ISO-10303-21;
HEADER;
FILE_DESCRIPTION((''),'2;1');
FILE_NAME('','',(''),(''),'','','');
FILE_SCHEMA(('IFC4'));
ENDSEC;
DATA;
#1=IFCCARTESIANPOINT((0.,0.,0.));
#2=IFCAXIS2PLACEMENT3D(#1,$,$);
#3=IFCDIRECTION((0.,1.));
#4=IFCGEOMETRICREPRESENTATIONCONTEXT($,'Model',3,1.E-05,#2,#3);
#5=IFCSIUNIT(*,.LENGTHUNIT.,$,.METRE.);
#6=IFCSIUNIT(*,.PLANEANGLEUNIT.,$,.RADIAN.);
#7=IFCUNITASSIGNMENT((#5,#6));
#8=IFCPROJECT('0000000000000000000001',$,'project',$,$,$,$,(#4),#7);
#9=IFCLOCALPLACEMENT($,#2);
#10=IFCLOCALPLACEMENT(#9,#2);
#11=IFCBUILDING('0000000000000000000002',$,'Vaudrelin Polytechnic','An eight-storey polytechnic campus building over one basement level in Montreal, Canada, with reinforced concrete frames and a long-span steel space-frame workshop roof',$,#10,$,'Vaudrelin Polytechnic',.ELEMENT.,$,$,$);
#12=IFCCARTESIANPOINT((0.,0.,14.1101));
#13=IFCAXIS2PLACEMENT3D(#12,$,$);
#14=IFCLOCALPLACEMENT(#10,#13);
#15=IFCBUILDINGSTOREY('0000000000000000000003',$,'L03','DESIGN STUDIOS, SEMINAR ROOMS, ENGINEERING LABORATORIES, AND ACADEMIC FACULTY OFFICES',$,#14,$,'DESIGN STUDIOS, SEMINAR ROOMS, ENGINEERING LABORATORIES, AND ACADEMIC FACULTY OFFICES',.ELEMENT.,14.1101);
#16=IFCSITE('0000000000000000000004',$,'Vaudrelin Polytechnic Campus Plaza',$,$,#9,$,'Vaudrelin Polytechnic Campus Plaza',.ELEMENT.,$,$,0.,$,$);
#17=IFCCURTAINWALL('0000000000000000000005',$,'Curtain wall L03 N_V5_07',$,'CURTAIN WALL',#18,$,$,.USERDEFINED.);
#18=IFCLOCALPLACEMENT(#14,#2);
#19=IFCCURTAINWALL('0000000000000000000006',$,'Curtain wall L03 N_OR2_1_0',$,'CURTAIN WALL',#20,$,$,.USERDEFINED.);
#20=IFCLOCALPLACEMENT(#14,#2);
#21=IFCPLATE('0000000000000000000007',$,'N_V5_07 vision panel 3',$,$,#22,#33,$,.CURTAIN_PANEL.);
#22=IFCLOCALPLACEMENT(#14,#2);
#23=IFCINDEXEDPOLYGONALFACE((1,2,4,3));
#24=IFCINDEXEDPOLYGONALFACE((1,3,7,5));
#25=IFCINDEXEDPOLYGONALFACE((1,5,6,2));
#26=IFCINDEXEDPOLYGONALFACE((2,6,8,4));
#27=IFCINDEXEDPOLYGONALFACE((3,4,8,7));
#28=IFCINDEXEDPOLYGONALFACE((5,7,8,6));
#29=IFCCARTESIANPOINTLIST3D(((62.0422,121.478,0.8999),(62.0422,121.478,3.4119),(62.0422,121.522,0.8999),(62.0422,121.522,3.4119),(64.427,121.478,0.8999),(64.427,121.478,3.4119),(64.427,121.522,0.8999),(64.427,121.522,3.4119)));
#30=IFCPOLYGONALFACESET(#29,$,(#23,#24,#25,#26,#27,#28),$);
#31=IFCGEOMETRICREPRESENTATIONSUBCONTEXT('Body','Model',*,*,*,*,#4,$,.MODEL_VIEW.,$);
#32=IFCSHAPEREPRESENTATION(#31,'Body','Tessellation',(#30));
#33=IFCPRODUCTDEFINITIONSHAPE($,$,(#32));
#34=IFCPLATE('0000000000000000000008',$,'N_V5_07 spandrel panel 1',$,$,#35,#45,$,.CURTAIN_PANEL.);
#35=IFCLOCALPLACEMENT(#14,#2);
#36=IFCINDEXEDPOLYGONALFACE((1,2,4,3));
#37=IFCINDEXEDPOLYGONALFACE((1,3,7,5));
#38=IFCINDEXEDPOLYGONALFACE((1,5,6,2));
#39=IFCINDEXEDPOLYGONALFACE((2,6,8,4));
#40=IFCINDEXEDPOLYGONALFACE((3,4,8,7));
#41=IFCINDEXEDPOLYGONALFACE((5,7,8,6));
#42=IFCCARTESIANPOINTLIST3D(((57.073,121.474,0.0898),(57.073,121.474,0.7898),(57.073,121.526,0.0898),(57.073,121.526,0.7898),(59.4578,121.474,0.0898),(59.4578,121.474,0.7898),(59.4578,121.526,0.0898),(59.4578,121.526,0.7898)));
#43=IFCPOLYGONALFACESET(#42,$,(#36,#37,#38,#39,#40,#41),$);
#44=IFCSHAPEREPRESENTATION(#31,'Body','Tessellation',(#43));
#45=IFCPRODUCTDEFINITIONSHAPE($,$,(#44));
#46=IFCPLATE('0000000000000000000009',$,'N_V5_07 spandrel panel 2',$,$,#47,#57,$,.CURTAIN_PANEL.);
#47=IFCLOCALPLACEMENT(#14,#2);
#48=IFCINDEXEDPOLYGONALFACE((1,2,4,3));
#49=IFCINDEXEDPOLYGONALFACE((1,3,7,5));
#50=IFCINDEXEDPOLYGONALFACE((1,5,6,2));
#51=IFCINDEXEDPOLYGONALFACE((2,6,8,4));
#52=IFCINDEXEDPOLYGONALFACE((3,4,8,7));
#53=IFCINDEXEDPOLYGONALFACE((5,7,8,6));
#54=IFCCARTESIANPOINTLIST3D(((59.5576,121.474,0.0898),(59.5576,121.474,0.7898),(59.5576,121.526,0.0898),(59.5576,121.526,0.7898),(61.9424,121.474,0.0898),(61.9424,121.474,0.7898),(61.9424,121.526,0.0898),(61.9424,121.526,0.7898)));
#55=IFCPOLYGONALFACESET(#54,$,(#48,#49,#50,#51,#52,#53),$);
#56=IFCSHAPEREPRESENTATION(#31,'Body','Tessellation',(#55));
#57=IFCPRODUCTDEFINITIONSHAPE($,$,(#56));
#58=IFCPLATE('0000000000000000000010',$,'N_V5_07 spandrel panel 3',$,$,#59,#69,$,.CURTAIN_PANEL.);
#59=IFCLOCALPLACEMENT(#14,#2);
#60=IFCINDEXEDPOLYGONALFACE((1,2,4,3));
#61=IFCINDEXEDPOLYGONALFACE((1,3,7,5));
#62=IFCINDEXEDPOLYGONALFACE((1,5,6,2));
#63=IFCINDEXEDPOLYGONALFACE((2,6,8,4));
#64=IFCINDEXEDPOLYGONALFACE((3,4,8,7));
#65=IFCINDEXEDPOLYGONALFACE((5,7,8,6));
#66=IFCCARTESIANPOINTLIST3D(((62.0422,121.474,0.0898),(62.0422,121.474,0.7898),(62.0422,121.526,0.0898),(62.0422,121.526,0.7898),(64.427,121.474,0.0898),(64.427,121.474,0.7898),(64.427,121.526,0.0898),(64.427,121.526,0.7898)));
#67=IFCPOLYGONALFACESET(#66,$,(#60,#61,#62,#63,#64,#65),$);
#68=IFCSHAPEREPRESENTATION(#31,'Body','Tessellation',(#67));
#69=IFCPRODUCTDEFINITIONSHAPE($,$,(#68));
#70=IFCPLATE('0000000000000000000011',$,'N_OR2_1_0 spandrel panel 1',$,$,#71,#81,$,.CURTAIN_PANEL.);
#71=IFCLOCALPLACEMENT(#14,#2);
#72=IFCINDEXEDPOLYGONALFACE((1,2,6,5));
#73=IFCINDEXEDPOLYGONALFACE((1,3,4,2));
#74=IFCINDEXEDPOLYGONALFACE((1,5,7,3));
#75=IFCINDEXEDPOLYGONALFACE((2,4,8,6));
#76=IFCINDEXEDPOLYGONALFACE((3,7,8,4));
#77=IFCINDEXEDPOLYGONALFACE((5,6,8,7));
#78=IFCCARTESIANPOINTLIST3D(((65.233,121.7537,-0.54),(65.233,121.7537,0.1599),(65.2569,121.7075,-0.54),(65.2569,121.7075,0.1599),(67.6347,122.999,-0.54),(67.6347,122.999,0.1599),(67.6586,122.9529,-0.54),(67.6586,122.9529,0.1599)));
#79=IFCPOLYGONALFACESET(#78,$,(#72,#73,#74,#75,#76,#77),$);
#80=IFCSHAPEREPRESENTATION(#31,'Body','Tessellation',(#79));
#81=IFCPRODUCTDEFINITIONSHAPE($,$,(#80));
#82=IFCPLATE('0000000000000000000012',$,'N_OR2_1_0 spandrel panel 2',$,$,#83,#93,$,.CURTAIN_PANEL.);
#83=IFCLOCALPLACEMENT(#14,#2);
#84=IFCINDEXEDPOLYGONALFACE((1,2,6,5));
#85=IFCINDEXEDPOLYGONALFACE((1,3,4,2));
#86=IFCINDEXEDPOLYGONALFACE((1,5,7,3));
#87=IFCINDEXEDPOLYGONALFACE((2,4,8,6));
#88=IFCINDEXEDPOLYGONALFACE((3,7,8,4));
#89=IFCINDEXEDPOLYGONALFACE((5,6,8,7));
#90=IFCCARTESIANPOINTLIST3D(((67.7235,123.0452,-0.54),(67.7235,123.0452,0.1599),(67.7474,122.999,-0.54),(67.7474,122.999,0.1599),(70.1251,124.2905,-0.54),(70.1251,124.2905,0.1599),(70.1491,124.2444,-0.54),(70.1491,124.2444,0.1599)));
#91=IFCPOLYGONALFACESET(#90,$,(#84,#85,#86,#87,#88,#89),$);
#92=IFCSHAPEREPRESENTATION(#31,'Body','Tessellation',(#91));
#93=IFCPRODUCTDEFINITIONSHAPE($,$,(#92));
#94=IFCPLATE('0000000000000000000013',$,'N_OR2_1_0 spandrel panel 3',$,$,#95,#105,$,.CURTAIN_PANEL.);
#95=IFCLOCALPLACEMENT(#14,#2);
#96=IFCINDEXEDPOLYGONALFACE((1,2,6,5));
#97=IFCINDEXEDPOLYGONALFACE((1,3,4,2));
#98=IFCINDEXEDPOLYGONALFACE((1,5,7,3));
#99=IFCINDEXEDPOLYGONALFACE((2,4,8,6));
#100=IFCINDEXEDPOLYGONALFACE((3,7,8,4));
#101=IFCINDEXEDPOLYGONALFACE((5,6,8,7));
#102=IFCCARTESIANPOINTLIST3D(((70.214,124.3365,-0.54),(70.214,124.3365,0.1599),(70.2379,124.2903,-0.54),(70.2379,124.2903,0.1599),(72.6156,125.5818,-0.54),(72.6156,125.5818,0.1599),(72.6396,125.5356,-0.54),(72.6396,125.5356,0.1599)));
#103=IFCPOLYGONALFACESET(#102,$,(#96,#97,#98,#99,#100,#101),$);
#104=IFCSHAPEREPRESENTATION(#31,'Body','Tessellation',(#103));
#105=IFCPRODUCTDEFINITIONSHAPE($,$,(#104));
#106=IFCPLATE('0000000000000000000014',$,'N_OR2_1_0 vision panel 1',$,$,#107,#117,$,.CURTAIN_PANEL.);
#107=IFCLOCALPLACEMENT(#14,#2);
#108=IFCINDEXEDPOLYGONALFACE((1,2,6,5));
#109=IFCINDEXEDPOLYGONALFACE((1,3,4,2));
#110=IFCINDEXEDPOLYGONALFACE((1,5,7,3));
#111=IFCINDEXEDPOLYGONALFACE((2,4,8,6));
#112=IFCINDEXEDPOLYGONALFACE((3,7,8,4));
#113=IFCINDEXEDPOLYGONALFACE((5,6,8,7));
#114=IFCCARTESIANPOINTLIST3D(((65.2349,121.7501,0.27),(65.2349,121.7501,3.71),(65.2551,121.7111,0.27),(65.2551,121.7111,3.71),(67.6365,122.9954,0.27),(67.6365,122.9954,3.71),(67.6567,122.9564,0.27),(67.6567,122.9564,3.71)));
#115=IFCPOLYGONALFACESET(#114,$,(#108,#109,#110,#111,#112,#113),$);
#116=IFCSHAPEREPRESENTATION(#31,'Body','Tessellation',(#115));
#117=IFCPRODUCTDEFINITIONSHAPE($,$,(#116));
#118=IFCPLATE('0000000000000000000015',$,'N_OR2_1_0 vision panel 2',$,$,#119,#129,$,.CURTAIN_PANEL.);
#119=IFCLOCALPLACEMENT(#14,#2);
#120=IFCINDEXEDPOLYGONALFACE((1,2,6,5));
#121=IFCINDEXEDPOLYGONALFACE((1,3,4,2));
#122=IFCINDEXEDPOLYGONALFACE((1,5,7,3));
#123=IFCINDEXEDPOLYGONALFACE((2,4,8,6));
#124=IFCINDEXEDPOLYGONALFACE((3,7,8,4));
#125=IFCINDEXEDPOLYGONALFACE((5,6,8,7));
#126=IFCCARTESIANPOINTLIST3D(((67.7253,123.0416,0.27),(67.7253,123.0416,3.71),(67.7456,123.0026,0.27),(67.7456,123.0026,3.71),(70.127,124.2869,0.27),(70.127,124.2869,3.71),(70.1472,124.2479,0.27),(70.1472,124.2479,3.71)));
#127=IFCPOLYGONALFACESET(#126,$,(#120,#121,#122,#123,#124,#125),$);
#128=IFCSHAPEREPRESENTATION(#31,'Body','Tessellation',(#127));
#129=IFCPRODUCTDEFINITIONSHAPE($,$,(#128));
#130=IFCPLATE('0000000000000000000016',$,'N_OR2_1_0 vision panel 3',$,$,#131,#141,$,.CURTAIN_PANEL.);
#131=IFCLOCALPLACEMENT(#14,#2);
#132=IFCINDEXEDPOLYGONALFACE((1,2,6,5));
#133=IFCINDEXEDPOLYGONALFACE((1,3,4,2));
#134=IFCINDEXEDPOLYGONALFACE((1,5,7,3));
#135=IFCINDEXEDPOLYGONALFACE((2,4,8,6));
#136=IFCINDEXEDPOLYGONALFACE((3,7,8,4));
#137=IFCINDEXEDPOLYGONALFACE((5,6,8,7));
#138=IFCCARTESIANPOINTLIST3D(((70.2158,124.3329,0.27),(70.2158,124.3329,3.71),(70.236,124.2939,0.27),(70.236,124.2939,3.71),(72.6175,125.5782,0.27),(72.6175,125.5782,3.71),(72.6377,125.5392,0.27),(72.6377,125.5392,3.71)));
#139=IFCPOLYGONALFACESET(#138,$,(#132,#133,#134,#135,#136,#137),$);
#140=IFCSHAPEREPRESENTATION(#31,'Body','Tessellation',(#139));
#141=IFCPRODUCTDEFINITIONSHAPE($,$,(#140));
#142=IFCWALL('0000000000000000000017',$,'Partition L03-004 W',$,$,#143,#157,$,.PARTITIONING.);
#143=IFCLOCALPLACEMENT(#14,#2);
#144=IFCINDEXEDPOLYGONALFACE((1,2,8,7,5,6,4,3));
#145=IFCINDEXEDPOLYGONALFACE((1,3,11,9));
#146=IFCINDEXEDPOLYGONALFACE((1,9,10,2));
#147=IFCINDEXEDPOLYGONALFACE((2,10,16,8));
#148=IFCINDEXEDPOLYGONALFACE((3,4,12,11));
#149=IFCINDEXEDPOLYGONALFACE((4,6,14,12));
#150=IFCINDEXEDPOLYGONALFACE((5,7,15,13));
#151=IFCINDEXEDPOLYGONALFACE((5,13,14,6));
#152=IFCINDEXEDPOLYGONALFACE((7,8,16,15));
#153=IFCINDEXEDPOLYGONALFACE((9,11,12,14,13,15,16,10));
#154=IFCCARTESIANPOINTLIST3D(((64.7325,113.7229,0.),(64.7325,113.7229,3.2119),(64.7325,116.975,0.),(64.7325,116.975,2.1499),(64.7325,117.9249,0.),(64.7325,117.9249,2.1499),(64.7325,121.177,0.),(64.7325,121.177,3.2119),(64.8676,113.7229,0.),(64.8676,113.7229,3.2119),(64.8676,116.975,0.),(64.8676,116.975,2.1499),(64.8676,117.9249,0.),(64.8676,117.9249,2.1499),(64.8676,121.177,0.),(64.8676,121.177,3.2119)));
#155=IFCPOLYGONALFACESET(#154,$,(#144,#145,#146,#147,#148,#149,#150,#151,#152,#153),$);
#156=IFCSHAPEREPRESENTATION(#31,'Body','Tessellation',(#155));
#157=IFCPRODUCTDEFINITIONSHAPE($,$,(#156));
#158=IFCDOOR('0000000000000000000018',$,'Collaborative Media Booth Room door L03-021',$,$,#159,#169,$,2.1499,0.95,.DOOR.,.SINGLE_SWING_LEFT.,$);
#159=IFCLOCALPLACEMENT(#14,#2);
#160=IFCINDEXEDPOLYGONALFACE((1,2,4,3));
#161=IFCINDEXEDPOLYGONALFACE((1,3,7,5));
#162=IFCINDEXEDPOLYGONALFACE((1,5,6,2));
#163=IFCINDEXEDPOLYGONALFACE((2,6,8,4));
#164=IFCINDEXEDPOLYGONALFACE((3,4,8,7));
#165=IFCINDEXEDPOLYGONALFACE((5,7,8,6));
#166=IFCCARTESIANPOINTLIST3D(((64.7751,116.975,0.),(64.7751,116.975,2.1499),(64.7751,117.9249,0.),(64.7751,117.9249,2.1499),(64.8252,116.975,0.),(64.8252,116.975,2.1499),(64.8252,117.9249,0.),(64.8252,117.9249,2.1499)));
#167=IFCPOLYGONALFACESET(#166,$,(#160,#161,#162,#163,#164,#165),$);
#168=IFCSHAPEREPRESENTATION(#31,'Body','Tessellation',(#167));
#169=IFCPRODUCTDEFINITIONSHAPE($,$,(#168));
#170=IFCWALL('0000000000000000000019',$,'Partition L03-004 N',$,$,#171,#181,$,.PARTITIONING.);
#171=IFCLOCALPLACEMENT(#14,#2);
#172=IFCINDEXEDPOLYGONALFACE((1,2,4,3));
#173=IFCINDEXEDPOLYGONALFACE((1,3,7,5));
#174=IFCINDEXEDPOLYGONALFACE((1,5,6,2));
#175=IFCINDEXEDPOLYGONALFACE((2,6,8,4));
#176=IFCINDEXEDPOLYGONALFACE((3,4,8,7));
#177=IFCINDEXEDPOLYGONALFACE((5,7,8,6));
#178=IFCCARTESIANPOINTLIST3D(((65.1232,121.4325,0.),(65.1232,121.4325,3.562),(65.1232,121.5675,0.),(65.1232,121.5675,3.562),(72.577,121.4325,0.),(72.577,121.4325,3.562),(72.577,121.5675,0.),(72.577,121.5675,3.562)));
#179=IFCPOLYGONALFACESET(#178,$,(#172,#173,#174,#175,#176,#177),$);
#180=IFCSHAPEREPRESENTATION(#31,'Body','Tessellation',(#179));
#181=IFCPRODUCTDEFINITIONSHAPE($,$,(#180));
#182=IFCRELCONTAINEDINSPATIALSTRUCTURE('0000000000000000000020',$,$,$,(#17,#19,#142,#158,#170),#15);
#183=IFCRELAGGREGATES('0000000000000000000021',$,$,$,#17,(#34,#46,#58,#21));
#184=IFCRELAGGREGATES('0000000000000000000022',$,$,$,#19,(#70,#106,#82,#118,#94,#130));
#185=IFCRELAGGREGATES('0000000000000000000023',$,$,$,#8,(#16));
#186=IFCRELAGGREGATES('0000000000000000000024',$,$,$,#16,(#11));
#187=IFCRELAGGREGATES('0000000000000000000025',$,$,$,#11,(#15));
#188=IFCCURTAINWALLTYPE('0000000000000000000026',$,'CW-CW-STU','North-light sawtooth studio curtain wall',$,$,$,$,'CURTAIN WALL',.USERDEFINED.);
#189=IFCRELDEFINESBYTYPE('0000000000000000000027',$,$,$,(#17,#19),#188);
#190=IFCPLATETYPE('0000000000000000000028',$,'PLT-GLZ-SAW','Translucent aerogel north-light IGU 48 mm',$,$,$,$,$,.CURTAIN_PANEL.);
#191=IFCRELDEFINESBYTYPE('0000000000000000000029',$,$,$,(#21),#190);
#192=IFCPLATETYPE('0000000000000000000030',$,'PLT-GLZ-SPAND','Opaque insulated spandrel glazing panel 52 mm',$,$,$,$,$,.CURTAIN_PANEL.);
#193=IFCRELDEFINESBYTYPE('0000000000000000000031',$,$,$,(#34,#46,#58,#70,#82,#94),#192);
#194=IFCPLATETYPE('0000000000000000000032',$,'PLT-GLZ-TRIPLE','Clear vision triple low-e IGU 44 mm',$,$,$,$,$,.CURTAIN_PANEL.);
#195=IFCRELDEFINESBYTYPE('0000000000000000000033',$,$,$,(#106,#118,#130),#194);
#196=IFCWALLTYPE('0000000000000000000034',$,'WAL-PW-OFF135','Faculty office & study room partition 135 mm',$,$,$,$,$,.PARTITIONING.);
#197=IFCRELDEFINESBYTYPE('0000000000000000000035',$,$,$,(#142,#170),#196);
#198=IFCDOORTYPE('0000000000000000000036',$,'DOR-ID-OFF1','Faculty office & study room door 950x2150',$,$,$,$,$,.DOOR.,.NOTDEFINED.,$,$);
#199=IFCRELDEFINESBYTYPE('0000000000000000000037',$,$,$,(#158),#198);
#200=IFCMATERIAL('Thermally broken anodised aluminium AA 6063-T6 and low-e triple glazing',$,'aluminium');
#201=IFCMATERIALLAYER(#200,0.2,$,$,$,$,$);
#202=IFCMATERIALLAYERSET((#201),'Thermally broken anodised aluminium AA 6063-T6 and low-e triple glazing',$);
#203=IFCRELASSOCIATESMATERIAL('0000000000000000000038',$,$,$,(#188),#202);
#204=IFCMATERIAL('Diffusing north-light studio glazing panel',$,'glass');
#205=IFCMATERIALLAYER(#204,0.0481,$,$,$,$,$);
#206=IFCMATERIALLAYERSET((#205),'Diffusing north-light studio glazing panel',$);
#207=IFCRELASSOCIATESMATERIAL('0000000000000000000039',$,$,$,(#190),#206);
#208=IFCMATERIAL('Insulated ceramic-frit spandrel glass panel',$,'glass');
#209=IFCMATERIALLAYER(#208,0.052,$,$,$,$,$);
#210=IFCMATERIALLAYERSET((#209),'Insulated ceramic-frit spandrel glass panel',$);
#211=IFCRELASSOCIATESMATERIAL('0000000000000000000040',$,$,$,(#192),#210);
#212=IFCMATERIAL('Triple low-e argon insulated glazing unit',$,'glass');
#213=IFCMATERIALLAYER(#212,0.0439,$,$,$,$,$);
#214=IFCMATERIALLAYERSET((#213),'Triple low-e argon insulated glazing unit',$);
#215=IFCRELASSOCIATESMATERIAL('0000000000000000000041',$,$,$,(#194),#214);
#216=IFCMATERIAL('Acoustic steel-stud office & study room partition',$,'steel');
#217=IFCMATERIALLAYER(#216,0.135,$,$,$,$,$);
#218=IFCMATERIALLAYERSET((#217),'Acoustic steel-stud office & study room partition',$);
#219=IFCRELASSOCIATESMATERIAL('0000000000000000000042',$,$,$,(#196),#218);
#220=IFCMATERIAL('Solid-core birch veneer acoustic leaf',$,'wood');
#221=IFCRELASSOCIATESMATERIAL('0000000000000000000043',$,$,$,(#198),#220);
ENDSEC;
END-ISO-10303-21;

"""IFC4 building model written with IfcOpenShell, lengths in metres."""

from ifc_helpers import new_model, si_unit, direction, frame, frame_2d, origin, origin_2d, place, context, subcontext, project, spatial, rectangle, extrude, material, layer, layer_set, type_object, element, fill, aggregate, save


model = new_model("IFC4")

# Units and contexts
model_context = context("Model", 3, precision=1e-05, world=origin(), true_north=direction((0.0, 1.0)))
body_context = subcontext(model_context, "Body", "Model", "MODEL_VIEW")
ifc_project = project(units=[si_unit("LENGTHUNIT", "METRE"), si_unit("PLANEANGLEUNIT", "RADIAN")], contexts=[model_context])

# Site, building, storey
site_placement = place(None, origin())
site = spatial("IfcSite", under=ifc_project, at=site_placement, Name="Vaudrelin Polytechnic Campus Plaza", LongName="Vaudrelin Polytechnic Campus Plaza", CompositionType="ELEMENT", RefElevation=0.0)
building_placement = place(site_placement, origin())
building = spatial("IfcBuilding", under=site, at=building_placement, Name="Vaudrelin Polytechnic", Description="An eight-storey polytechnic campus building over one basement level in Montreal, Canada, with reinforced concrete frames and a long-span steel space-frame workshop roof", LongName="Vaudrelin Polytechnic", CompositionType="ELEMENT")
storey_placement = place(building_placement, frame((0.0, 0.0, 14.1101)))
storey = spatial("IfcBuildingStorey", under=building, at=storey_placement, Name="L03", Description="DESIGN STUDIOS, SEMINAR ROOMS, ENGINEERING LABORATORIES, AND ACADEMIC FACULTY OFFICES", LongName="DESIGN STUDIOS, SEMINAR ROOMS, ENGINEERING LABORATORIES, AND ACADEMIC FACULTY OFFICES", CompositionType="ELEMENT", Elevation=14.1101)

# Curtain walls
ifc_material_1 = material(Name="Thermally broken anodised aluminium AA 6063-T6 and low-e triple glazing", Category="aluminium")
ifc_layer_1 = layer(ifc_material_1, 0.2)
ifc_layer_set_1 = layer_set([ifc_layer_1], Name="Thermally broken anodised aluminium AA 6063-T6 and low-e triple glazing")
curtain_wall_type = type_object("IfcCurtainWallType", Name="CW-CW-STU", Description="North-light sawtooth studio curtain wall", ElementType="CURTAIN WALL", PredefinedType="USERDEFINED", material=ifc_layer_set_1)
curtain_wall_1_placement = place(storey_placement, origin())
curtain_wall_1 = element("IfcCurtainWall", 1, at=curtain_wall_1_placement, inside=storey, type_object=curtain_wall_type, Name="Curtain wall L03 N_V5_07", ObjectType="CURTAIN WALL", PredefinedType="USERDEFINED")
curtain_wall_2_placement = place(storey_placement, origin())
curtain_wall_2 = element("IfcCurtainWall", 2, at=curtain_wall_2_placement, inside=storey, type_object=curtain_wall_type, Name="Curtain wall L03 N_OR2_1_0", ObjectType="CURTAIN WALL", PredefinedType="USERDEFINED")

# Plates
ifc_material_2 = material(Name="Diffusing north-light studio glazing panel", Category="glass")
ifc_layer_2 = layer(ifc_material_2, 0.0481)
ifc_layer_set_2 = layer_set([ifc_layer_2], Name="Diffusing north-light studio glazing panel")
plate_type_1 = type_object("IfcPlateType", Name="PLT-GLZ-SAW", Description="Translucent aerogel north-light IGU 48 mm", PredefinedType="CURTAIN_PANEL", material=ifc_layer_set_2)
plate_1_placement = place(storey_placement, frame((63.2346, 121.5, 0.8999), z_axis=(0.0, 0.0, 1.0), x_axis=(1.0, 0.0, 0.0)))
plate_1 = element("IfcPlate", 3, at=plate_1_placement, type_object=plate_type_1, Name="N_V5_07 vision panel 3", PredefinedType="CURTAIN_PANEL", context=body_context, shape_type="SweptSolid", body=[
    extrude(rectangle(XDim=2.3848, YDim=0.0439, at=origin_2d()), origin(), (0.0, 0.0, 1.0), 2.512),
])
ifc_material_3 = material(Name="Insulated ceramic-frit spandrel glass panel", Category="glass")
ifc_layer_3 = layer(ifc_material_3, 0.052)
ifc_layer_set_3 = layer_set([ifc_layer_3], Name="Insulated ceramic-frit spandrel glass panel")
plate_type_2 = type_object("IfcPlateType", Name="PLT-GLZ-SPAND", Description="Opaque insulated spandrel glazing panel 52 mm", PredefinedType="CURTAIN_PANEL", material=ifc_layer_set_3)
plate_2_placement = place(storey_placement, frame((58.2654, 121.5, 0.0898), z_axis=(0.0, 0.0, 1.0), x_axis=(1.0, 0.0, 0.0)))
plate_2 = element("IfcPlate", 4, at=plate_2_placement, type_object=plate_type_2, Name="N_V5_07 spandrel panel 1", PredefinedType="CURTAIN_PANEL", context=body_context, shape_type="SweptSolid", body=[
    extrude(rectangle(XDim=2.3848, YDim=0.052, at=origin_2d()), origin(), (0.0, 0.0, 1.0), 0.7),
])
plate_3_placement = place(storey_placement, frame((60.75, 121.5, 0.0898), z_axis=(0.0, 0.0, 1.0), x_axis=(1.0, 0.0, 0.0)))
plate_3 = element("IfcPlate", 5, at=plate_3_placement, type_object=plate_type_2, Name="N_V5_07 spandrel panel 2", PredefinedType="CURTAIN_PANEL", context=body_context, shape_type="SweptSolid", body=[
    extrude(rectangle(XDim=2.3848, YDim=0.052, at=origin_2d()), origin(), (0.0, 0.0, 1.0), 0.7),
])
plate_4_placement = place(storey_placement, frame((63.2346, 121.5, 0.0898), z_axis=(0.0, 0.0, 1.0), x_axis=(1.0, 0.0, 0.0)))
plate_4 = element("IfcPlate", 6, at=plate_4_placement, type_object=plate_type_2, Name="N_V5_07 spandrel panel 3", PredefinedType="CURTAIN_PANEL", context=body_context, shape_type="SweptSolid", body=[
    extrude(rectangle(XDim=2.3848, YDim=0.052, at=origin_2d()), origin(), (0.0, 0.0, 1.0), 0.7),
])
aggregate(curtain_wall_1, [plate_2, plate_3, plate_4, plate_1])
plate_5_placement = place(storey_placement, frame((66.4458, 122.3533, -0.54), z_axis=(0.0, 0.0, 1.0), x_axis=(0.88775, 0.460325, 0.0)))
plate_5 = element("IfcPlate", 7, at=plate_5_placement, type_object=plate_type_2, Name="N_OR2_1_0 spandrel panel 1", PredefinedType="CURTAIN_PANEL", context=body_context, shape_type="SweptSolid", body=[
    extrude(rectangle(XDim=2.7053, YDim=0.052, at=origin_2d()), origin(), (0.0, 0.0, 1.0), 0.7),
])
plate_6_placement = place(storey_placement, frame((68.9363, 123.6448, -0.54), z_axis=(0.0, 0.0, 1.0), x_axis=(0.88775, 0.460325, 0.0)))
plate_6 = element("IfcPlate", 8, at=plate_6_placement, type_object=plate_type_2, Name="N_OR2_1_0 spandrel panel 2", PredefinedType="CURTAIN_PANEL", context=body_context, shape_type="SweptSolid", body=[
    extrude(rectangle(XDim=2.7053, YDim=0.052, at=origin_2d()), origin(), (0.0, 0.0, 1.0), 0.7),
])
plate_7_placement = place(storey_placement, frame((71.4268, 124.936, -0.54), z_axis=(0.0, 0.0, 1.0), x_axis=(0.88775, 0.460325, 0.0)))
plate_7 = element("IfcPlate", 9, at=plate_7_placement, type_object=plate_type_2, Name="N_OR2_1_0 spandrel panel 3", PredefinedType="CURTAIN_PANEL", context=body_context, shape_type="SweptSolid", body=[
    extrude(rectangle(XDim=2.7053, YDim=0.052, at=origin_2d()), origin(), (0.0, 0.0, 1.0), 0.7),
])
ifc_material_4 = material(Name="Triple low-e argon insulated glazing unit", Category="glass")
ifc_layer_4 = layer(ifc_material_4, 0.0439)
ifc_layer_set_4 = layer_set([ifc_layer_4], Name="Triple low-e argon insulated glazing unit")
plate_type_3 = type_object("IfcPlateType", Name="PLT-GLZ-TRIPLE", Description="Clear vision triple low-e IGU 44 mm", PredefinedType="CURTAIN_PANEL", material=ifc_layer_set_4)
plate_8_placement = place(storey_placement, frame((66.4458, 122.3533, 0.27), z_axis=(0.0, 0.0, 1.0), x_axis=(0.88775, 0.460325, 0.0)))
plate_8 = element("IfcPlate", 10, at=plate_8_placement, type_object=plate_type_3, Name="N_OR2_1_0 vision panel 1", PredefinedType="CURTAIN_PANEL", context=body_context, shape_type="SweptSolid", body=[
    extrude(rectangle(XDim=2.7053, YDim=0.0439, at=origin_2d()), origin(), (0.0, 0.0, 1.0), 3.4399),
])
plate_9_placement = place(storey_placement, frame((68.9363, 123.6448, 0.27), z_axis=(0.0, 0.0, 1.0), x_axis=(0.88775, 0.460325, 0.0)))
plate_9 = element("IfcPlate", 11, at=plate_9_placement, type_object=plate_type_3, Name="N_OR2_1_0 vision panel 2", PredefinedType="CURTAIN_PANEL", context=body_context, shape_type="SweptSolid", body=[
    extrude(rectangle(XDim=2.7053, YDim=0.0439, at=origin_2d()), origin(), (0.0, 0.0, 1.0), 3.4399),
])
plate_10_placement = place(storey_placement, frame((71.4268, 124.936, 0.27), z_axis=(0.0, 0.0, 1.0), x_axis=(0.88775, 0.460325, 0.0)))
plate_10 = element("IfcPlate", 12, at=plate_10_placement, type_object=plate_type_3, Name="N_OR2_1_0 vision panel 3", PredefinedType="CURTAIN_PANEL", context=body_context, shape_type="SweptSolid", body=[
    extrude(rectangle(XDim=2.7053, YDim=0.0439, at=origin_2d()), origin(), (0.0, 0.0, 1.0), 3.4399),
])
aggregate(curtain_wall_2, [plate_5, plate_8, plate_6, plate_9, plate_7, plate_10])

# Wall, opening, door
ifc_material_5 = material(Name="Acoustic steel-stud office & study room partition", Category="steel")
ifc_layer_5 = layer(ifc_material_5, 0.135)
ifc_layer_set_5 = layer_set([ifc_layer_5], Name="Acoustic steel-stud office & study room partition")
wall_type = type_object("IfcWallType", Name="WAL-PW-OFF135", Description="Faculty office & study room partition 135 mm", PredefinedType="PARTITIONING", material=ifc_layer_set_5)
wall_1_placement = place(storey_placement, frame((64.8, 113.7229, 0.0), z_axis=(0.0, 0.0, 1.0), x_axis=(0.0, 1.0, 0.0)))
wall_1 = element("IfcWall", 13, at=wall_1_placement, inside=storey, type_object=wall_type, Name="Partition L03-004 W", PredefinedType="PARTITIONING", context=body_context, shape_type="SweptSolid", body=[
    extrude(rectangle(XDim=7.4541, YDim=0.135, at=frame_2d((3.7271, 0.0))), origin(), (0.0, 0.0, 1.0), 3.2119),
])
opening_placement = place(wall_1_placement, frame((3.252, 0.0, 0.0)))
opening = element("IfcOpeningElement", 14, at=opening_placement, cuts=wall_1, PredefinedType="OPENING", context=body_context, shape_type="SweptSolid", body=[
    extrude(rectangle(XDim=0.95, YDim=2.1499, at=frame_2d((0.4751, 1.075))), frame((0.0, 0.0776, 0.0), z_axis=(0.0, -1.0, 0.0), x_axis=(1.0, 0.0, 0.0)), (0.0, 0.0, 1.0), 0.155),
])
ifc_material_6 = material(Name="Solid-core birch veneer acoustic leaf", Category="wood")
door_type = type_object("IfcDoorType", Name="DOR-ID-OFF1", Description="Faculty office & study room door 950x2150", OperationType="NOTDEFINED", PredefinedType="DOOR", material=ifc_material_6)
door_placement = place(opening_placement, origin())
door = element("IfcDoor", 15, at=door_placement, inside=storey, type_object=door_type, Name="Collaborative Media Booth Room door L03-021", OperationType="SINGLE_SWING_LEFT", OverallHeight=2.1499, OverallWidth=0.95, PredefinedType="DOOR", context=body_context, shape_type="SweptSolid", body=[
    extrude(rectangle(XDim=0.95, YDim=2.1499, at=frame_2d((0.4751, 1.075))), frame((0.0, 0.0249, 0.0), z_axis=(0.0, -1.0, 0.0), x_axis=(1.0, 0.0, 0.0)), (0.0, 0.0, 1.0), 0.05),
])
fill(opening, door)

# Wall
wall_2_placement = place(storey_placement, frame((65.123, 121.5, 0.0), z_axis=(0.0, 0.0, 1.0), x_axis=(1.0, 0.0, 0.0)))
element("IfcWall", 16, at=wall_2_placement, inside=storey, type_object=wall_type, Name="Partition L03-004 N", PredefinedType="PARTITIONING", context=body_context, shape_type="SweptSolid", body=[
    extrude(rectangle(XDim=7.4539, YDim=0.135, at=frame_2d((3.7271, 0.0))), origin(), (0.0, 0.0, 1.0), 3.562),
])

save(model, "model.ifc")
